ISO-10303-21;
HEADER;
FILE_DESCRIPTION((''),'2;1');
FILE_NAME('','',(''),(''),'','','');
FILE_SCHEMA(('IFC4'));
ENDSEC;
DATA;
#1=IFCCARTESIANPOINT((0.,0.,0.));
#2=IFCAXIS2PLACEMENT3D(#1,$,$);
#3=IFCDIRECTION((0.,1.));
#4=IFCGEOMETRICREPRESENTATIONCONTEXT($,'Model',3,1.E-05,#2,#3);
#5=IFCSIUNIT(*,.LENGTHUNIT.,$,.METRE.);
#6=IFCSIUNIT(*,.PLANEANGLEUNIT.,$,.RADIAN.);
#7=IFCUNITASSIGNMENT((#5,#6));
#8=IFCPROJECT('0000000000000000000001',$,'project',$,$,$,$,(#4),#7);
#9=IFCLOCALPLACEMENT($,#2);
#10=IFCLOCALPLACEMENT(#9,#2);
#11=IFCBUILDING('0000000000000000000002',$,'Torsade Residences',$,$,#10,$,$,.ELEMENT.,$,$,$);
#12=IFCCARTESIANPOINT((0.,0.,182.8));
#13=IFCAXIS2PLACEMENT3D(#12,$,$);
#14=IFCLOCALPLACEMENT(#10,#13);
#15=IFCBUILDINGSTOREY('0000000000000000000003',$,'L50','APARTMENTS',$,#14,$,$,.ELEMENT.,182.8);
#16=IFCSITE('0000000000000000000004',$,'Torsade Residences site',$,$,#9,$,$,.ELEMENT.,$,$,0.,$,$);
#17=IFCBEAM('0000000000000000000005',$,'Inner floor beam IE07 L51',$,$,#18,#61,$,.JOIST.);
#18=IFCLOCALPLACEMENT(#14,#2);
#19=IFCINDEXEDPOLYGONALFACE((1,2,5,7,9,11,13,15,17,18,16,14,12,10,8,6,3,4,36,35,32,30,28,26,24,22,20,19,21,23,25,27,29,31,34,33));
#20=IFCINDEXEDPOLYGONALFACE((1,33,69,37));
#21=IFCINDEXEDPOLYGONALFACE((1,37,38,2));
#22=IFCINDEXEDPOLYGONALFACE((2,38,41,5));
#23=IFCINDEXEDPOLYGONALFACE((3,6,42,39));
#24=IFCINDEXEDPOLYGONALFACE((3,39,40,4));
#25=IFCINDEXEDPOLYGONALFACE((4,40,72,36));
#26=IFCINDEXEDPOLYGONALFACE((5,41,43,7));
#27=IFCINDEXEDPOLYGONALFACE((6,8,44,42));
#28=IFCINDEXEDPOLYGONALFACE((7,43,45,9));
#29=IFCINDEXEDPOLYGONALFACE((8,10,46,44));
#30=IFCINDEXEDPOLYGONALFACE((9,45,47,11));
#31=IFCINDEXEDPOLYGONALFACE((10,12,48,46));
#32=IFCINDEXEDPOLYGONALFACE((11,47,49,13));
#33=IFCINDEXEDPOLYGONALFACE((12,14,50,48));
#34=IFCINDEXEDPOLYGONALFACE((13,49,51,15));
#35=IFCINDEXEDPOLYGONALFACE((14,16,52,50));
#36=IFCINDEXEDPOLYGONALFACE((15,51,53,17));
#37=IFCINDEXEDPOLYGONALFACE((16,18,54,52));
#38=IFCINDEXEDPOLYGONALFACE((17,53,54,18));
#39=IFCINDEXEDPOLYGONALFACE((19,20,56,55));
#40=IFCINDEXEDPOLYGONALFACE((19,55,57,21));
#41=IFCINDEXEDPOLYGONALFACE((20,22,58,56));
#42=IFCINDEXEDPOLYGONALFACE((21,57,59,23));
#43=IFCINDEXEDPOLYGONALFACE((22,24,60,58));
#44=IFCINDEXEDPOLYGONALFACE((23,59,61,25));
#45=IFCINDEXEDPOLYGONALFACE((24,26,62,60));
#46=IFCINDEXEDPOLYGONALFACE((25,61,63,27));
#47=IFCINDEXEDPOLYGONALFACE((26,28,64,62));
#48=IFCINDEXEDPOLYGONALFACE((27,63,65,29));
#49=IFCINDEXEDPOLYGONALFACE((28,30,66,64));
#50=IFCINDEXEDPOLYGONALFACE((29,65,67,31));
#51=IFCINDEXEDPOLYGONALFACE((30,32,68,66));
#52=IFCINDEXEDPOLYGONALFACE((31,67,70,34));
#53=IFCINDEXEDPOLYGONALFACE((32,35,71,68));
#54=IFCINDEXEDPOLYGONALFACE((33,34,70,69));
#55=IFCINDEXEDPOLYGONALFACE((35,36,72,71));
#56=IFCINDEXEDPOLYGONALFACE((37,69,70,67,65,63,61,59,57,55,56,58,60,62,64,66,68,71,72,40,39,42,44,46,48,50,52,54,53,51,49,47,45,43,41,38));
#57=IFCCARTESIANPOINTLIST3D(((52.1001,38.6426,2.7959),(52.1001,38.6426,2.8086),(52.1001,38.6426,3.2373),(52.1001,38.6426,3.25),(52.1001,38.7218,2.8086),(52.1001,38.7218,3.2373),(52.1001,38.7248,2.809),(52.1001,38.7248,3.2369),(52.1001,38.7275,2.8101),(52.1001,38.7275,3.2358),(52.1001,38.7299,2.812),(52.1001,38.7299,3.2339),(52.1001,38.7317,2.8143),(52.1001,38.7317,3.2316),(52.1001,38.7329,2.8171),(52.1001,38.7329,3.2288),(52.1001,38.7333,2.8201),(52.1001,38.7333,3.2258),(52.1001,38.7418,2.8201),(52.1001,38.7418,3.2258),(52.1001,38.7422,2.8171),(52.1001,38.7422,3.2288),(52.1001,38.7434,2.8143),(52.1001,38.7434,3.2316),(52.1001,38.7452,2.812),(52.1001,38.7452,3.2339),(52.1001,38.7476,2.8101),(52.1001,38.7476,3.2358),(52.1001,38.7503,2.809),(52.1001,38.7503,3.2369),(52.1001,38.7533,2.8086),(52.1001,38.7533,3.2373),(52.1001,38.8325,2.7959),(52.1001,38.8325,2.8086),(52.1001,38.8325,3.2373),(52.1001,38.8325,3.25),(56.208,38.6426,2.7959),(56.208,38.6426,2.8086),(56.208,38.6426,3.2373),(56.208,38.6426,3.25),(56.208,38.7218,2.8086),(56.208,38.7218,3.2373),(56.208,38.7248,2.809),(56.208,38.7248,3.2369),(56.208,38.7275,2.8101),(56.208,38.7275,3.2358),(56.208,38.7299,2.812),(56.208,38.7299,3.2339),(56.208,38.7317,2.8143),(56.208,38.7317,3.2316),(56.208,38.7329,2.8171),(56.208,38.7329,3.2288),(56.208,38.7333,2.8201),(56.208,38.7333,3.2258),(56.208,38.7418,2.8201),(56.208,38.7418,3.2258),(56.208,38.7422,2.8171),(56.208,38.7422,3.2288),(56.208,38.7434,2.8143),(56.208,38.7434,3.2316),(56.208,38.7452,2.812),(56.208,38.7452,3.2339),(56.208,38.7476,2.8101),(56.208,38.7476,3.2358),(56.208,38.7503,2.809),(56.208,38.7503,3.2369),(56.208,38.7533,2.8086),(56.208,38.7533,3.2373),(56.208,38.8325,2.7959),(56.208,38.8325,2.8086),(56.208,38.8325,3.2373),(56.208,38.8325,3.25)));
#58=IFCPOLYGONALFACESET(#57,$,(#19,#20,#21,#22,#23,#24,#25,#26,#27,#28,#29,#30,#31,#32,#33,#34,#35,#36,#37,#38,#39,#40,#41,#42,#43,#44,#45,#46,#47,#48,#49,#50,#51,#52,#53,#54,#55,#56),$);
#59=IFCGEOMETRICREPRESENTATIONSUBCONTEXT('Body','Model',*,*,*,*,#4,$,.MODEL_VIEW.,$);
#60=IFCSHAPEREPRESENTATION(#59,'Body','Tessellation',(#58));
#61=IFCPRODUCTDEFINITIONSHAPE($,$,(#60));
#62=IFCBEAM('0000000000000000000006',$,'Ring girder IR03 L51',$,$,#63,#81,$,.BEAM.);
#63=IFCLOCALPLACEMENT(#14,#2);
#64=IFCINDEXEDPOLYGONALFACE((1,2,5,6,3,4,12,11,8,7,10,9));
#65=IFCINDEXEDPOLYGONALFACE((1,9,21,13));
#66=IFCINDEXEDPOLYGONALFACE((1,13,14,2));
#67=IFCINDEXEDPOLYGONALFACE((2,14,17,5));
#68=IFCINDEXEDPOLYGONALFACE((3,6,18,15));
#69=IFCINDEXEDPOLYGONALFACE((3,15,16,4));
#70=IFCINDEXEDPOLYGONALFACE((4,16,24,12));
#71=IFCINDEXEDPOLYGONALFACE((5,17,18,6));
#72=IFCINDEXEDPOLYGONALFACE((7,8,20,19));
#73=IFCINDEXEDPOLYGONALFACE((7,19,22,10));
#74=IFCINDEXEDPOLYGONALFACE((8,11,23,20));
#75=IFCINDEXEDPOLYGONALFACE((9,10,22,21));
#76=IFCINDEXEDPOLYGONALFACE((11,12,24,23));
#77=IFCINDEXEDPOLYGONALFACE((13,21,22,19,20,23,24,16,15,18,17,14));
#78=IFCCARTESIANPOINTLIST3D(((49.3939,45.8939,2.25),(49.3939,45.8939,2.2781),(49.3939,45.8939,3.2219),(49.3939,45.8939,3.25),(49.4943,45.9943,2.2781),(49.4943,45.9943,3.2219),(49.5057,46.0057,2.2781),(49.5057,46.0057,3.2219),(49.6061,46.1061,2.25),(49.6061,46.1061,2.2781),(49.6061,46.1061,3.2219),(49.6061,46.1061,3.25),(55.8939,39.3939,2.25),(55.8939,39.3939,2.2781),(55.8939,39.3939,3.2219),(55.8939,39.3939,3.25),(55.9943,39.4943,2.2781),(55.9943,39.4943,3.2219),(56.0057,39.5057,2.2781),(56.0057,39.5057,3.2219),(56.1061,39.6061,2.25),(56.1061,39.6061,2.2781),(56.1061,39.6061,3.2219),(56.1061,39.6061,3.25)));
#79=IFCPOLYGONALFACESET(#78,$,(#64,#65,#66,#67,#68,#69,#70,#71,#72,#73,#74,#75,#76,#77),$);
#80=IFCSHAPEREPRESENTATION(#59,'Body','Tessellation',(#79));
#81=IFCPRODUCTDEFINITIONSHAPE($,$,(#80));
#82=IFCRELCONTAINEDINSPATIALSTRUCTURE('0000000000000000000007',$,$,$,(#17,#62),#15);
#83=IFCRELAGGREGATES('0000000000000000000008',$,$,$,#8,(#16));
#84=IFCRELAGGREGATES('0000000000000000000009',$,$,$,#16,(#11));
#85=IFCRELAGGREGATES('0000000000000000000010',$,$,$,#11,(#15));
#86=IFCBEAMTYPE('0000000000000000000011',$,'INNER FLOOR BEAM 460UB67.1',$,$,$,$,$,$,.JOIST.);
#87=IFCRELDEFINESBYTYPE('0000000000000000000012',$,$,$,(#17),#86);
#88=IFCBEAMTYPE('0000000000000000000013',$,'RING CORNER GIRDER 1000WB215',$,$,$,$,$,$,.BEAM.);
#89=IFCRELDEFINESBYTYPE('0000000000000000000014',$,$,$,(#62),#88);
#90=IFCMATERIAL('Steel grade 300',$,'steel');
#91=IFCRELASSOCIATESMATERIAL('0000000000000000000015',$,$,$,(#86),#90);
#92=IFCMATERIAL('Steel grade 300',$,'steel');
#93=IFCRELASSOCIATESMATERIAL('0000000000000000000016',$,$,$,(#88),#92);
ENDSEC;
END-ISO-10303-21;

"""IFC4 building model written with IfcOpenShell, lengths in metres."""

from ifc_helpers import new_model, si_unit, direction, frame, origin, origin_2d, place, context, subcontext, project, spatial, i_section, extrude, material, material_profile, profile_set, type_object, element, save


model = new_model("IFC4")

# Units and contexts
model_context = context("Model", 3, precision=1e-05, world=origin(), true_north=direction((0.0, 1.0)))
body_context = subcontext(model_context, "Body", "Model", "MODEL_VIEW")
ifc_project = project(units=[si_unit("LENGTHUNIT", "METRE"), si_unit("PLANEANGLEUNIT", "RADIAN")], contexts=[model_context])

# Site, building, storey
site_placement = place(None, origin())
site = spatial("IfcSite", under=ifc_project, at=site_placement, Name="Torsade Residences site", CompositionType="ELEMENT", RefElevation=0.0)
building_placement = place(site_placement, origin())
building = spatial("IfcBuilding", under=site, at=building_placement, Name="Torsade Residences", CompositionType="ELEMENT")
storey_placement = place(building_placement, frame((0.0, 0.0, 182.8)))
storey = spatial("IfcBuildingStorey", under=building, at=storey_placement, Name="L50", Description="APARTMENTS", CompositionType="ELEMENT", Elevation=182.8)

# Beams
ifc_material_1 = material(Name="Steel grade 300", Category="steel")
ifc_material_profile_1 = material_profile(ifc_material_1, i_section(OverallWidth=0.1899, OverallDepth=0.4541, WebThickness=0.0085, FlangeThickness=0.0127, FilletRadius=0.0115, at=origin_2d()), Name="460UB67.1")
ifc_profile_set_1 = profile_set([ifc_material_profile_1], Name="Steel grade 300")
beam_type_1 = type_object("IfcBeamType", Name="INNER FLOOR BEAM 460UB67.1", PredefinedType="JOIST", material=ifc_profile_set_1)
beam_1_placement = place(storey_placement, frame((52.1001, 38.7375, 3.0229), z_axis=(1.0, 0.0, 0.0), x_axis=(0.0, 1.0, 0.0)))
element("IfcBeam", 1, at=beam_1_placement, inside=storey, type_object=beam_type_1, Name="Inner floor beam IE07 L51", PredefinedType="JOIST", context=body_context, shape_type="SweptSolid", body=[
    extrude(i_section(OverallWidth=0.1899, OverallDepth=0.4541, WebThickness=0.0085, FlangeThickness=0.0127, FilletRadius=0.0115, at=origin_2d()), origin(), (0.0, 0.0, 1.0), 4.1079),
])
ifc_material_2 = material(Name="Steel grade 300", Category="steel")
ifc_material_profile_2 = material_profile(ifc_material_2, i_section(OverallWidth=0.3, OverallDepth=1.0, WebThickness=0.0161, FlangeThickness=0.0281, at=origin_2d()), Name="1000WB215")
ifc_profile_set_2 = profile_set([ifc_material_profile_2], Name="Steel grade 300")
beam_type_2 = type_object("IfcBeamType", Name="RING CORNER GIRDER 1000WB215", PredefinedType="BEAM", material=ifc_profile_set_2)
beam_2_placement = place(storey_placement, frame((56.0, 39.5, 2.75), z_axis=(-0.707107, 0.707107, 0.0), x_axis=(-0.707107, -0.707107, 0.0)))
element("IfcBeam", 2, at=beam_2_placement, inside=storey, type_object=beam_type_2, Name="Ring girder IR03 L51", PredefinedType="BEAM", context=body_context, shape_type="SweptSolid", body=[
    extrude(i_section(OverallWidth=0.3, OverallDepth=1.0, WebThickness=0.0161, FlangeThickness=0.0281, at=origin_2d()), origin(), (0.0, 0.0, 1.0), 9.1924),
])

save(model, "model.ifc")
